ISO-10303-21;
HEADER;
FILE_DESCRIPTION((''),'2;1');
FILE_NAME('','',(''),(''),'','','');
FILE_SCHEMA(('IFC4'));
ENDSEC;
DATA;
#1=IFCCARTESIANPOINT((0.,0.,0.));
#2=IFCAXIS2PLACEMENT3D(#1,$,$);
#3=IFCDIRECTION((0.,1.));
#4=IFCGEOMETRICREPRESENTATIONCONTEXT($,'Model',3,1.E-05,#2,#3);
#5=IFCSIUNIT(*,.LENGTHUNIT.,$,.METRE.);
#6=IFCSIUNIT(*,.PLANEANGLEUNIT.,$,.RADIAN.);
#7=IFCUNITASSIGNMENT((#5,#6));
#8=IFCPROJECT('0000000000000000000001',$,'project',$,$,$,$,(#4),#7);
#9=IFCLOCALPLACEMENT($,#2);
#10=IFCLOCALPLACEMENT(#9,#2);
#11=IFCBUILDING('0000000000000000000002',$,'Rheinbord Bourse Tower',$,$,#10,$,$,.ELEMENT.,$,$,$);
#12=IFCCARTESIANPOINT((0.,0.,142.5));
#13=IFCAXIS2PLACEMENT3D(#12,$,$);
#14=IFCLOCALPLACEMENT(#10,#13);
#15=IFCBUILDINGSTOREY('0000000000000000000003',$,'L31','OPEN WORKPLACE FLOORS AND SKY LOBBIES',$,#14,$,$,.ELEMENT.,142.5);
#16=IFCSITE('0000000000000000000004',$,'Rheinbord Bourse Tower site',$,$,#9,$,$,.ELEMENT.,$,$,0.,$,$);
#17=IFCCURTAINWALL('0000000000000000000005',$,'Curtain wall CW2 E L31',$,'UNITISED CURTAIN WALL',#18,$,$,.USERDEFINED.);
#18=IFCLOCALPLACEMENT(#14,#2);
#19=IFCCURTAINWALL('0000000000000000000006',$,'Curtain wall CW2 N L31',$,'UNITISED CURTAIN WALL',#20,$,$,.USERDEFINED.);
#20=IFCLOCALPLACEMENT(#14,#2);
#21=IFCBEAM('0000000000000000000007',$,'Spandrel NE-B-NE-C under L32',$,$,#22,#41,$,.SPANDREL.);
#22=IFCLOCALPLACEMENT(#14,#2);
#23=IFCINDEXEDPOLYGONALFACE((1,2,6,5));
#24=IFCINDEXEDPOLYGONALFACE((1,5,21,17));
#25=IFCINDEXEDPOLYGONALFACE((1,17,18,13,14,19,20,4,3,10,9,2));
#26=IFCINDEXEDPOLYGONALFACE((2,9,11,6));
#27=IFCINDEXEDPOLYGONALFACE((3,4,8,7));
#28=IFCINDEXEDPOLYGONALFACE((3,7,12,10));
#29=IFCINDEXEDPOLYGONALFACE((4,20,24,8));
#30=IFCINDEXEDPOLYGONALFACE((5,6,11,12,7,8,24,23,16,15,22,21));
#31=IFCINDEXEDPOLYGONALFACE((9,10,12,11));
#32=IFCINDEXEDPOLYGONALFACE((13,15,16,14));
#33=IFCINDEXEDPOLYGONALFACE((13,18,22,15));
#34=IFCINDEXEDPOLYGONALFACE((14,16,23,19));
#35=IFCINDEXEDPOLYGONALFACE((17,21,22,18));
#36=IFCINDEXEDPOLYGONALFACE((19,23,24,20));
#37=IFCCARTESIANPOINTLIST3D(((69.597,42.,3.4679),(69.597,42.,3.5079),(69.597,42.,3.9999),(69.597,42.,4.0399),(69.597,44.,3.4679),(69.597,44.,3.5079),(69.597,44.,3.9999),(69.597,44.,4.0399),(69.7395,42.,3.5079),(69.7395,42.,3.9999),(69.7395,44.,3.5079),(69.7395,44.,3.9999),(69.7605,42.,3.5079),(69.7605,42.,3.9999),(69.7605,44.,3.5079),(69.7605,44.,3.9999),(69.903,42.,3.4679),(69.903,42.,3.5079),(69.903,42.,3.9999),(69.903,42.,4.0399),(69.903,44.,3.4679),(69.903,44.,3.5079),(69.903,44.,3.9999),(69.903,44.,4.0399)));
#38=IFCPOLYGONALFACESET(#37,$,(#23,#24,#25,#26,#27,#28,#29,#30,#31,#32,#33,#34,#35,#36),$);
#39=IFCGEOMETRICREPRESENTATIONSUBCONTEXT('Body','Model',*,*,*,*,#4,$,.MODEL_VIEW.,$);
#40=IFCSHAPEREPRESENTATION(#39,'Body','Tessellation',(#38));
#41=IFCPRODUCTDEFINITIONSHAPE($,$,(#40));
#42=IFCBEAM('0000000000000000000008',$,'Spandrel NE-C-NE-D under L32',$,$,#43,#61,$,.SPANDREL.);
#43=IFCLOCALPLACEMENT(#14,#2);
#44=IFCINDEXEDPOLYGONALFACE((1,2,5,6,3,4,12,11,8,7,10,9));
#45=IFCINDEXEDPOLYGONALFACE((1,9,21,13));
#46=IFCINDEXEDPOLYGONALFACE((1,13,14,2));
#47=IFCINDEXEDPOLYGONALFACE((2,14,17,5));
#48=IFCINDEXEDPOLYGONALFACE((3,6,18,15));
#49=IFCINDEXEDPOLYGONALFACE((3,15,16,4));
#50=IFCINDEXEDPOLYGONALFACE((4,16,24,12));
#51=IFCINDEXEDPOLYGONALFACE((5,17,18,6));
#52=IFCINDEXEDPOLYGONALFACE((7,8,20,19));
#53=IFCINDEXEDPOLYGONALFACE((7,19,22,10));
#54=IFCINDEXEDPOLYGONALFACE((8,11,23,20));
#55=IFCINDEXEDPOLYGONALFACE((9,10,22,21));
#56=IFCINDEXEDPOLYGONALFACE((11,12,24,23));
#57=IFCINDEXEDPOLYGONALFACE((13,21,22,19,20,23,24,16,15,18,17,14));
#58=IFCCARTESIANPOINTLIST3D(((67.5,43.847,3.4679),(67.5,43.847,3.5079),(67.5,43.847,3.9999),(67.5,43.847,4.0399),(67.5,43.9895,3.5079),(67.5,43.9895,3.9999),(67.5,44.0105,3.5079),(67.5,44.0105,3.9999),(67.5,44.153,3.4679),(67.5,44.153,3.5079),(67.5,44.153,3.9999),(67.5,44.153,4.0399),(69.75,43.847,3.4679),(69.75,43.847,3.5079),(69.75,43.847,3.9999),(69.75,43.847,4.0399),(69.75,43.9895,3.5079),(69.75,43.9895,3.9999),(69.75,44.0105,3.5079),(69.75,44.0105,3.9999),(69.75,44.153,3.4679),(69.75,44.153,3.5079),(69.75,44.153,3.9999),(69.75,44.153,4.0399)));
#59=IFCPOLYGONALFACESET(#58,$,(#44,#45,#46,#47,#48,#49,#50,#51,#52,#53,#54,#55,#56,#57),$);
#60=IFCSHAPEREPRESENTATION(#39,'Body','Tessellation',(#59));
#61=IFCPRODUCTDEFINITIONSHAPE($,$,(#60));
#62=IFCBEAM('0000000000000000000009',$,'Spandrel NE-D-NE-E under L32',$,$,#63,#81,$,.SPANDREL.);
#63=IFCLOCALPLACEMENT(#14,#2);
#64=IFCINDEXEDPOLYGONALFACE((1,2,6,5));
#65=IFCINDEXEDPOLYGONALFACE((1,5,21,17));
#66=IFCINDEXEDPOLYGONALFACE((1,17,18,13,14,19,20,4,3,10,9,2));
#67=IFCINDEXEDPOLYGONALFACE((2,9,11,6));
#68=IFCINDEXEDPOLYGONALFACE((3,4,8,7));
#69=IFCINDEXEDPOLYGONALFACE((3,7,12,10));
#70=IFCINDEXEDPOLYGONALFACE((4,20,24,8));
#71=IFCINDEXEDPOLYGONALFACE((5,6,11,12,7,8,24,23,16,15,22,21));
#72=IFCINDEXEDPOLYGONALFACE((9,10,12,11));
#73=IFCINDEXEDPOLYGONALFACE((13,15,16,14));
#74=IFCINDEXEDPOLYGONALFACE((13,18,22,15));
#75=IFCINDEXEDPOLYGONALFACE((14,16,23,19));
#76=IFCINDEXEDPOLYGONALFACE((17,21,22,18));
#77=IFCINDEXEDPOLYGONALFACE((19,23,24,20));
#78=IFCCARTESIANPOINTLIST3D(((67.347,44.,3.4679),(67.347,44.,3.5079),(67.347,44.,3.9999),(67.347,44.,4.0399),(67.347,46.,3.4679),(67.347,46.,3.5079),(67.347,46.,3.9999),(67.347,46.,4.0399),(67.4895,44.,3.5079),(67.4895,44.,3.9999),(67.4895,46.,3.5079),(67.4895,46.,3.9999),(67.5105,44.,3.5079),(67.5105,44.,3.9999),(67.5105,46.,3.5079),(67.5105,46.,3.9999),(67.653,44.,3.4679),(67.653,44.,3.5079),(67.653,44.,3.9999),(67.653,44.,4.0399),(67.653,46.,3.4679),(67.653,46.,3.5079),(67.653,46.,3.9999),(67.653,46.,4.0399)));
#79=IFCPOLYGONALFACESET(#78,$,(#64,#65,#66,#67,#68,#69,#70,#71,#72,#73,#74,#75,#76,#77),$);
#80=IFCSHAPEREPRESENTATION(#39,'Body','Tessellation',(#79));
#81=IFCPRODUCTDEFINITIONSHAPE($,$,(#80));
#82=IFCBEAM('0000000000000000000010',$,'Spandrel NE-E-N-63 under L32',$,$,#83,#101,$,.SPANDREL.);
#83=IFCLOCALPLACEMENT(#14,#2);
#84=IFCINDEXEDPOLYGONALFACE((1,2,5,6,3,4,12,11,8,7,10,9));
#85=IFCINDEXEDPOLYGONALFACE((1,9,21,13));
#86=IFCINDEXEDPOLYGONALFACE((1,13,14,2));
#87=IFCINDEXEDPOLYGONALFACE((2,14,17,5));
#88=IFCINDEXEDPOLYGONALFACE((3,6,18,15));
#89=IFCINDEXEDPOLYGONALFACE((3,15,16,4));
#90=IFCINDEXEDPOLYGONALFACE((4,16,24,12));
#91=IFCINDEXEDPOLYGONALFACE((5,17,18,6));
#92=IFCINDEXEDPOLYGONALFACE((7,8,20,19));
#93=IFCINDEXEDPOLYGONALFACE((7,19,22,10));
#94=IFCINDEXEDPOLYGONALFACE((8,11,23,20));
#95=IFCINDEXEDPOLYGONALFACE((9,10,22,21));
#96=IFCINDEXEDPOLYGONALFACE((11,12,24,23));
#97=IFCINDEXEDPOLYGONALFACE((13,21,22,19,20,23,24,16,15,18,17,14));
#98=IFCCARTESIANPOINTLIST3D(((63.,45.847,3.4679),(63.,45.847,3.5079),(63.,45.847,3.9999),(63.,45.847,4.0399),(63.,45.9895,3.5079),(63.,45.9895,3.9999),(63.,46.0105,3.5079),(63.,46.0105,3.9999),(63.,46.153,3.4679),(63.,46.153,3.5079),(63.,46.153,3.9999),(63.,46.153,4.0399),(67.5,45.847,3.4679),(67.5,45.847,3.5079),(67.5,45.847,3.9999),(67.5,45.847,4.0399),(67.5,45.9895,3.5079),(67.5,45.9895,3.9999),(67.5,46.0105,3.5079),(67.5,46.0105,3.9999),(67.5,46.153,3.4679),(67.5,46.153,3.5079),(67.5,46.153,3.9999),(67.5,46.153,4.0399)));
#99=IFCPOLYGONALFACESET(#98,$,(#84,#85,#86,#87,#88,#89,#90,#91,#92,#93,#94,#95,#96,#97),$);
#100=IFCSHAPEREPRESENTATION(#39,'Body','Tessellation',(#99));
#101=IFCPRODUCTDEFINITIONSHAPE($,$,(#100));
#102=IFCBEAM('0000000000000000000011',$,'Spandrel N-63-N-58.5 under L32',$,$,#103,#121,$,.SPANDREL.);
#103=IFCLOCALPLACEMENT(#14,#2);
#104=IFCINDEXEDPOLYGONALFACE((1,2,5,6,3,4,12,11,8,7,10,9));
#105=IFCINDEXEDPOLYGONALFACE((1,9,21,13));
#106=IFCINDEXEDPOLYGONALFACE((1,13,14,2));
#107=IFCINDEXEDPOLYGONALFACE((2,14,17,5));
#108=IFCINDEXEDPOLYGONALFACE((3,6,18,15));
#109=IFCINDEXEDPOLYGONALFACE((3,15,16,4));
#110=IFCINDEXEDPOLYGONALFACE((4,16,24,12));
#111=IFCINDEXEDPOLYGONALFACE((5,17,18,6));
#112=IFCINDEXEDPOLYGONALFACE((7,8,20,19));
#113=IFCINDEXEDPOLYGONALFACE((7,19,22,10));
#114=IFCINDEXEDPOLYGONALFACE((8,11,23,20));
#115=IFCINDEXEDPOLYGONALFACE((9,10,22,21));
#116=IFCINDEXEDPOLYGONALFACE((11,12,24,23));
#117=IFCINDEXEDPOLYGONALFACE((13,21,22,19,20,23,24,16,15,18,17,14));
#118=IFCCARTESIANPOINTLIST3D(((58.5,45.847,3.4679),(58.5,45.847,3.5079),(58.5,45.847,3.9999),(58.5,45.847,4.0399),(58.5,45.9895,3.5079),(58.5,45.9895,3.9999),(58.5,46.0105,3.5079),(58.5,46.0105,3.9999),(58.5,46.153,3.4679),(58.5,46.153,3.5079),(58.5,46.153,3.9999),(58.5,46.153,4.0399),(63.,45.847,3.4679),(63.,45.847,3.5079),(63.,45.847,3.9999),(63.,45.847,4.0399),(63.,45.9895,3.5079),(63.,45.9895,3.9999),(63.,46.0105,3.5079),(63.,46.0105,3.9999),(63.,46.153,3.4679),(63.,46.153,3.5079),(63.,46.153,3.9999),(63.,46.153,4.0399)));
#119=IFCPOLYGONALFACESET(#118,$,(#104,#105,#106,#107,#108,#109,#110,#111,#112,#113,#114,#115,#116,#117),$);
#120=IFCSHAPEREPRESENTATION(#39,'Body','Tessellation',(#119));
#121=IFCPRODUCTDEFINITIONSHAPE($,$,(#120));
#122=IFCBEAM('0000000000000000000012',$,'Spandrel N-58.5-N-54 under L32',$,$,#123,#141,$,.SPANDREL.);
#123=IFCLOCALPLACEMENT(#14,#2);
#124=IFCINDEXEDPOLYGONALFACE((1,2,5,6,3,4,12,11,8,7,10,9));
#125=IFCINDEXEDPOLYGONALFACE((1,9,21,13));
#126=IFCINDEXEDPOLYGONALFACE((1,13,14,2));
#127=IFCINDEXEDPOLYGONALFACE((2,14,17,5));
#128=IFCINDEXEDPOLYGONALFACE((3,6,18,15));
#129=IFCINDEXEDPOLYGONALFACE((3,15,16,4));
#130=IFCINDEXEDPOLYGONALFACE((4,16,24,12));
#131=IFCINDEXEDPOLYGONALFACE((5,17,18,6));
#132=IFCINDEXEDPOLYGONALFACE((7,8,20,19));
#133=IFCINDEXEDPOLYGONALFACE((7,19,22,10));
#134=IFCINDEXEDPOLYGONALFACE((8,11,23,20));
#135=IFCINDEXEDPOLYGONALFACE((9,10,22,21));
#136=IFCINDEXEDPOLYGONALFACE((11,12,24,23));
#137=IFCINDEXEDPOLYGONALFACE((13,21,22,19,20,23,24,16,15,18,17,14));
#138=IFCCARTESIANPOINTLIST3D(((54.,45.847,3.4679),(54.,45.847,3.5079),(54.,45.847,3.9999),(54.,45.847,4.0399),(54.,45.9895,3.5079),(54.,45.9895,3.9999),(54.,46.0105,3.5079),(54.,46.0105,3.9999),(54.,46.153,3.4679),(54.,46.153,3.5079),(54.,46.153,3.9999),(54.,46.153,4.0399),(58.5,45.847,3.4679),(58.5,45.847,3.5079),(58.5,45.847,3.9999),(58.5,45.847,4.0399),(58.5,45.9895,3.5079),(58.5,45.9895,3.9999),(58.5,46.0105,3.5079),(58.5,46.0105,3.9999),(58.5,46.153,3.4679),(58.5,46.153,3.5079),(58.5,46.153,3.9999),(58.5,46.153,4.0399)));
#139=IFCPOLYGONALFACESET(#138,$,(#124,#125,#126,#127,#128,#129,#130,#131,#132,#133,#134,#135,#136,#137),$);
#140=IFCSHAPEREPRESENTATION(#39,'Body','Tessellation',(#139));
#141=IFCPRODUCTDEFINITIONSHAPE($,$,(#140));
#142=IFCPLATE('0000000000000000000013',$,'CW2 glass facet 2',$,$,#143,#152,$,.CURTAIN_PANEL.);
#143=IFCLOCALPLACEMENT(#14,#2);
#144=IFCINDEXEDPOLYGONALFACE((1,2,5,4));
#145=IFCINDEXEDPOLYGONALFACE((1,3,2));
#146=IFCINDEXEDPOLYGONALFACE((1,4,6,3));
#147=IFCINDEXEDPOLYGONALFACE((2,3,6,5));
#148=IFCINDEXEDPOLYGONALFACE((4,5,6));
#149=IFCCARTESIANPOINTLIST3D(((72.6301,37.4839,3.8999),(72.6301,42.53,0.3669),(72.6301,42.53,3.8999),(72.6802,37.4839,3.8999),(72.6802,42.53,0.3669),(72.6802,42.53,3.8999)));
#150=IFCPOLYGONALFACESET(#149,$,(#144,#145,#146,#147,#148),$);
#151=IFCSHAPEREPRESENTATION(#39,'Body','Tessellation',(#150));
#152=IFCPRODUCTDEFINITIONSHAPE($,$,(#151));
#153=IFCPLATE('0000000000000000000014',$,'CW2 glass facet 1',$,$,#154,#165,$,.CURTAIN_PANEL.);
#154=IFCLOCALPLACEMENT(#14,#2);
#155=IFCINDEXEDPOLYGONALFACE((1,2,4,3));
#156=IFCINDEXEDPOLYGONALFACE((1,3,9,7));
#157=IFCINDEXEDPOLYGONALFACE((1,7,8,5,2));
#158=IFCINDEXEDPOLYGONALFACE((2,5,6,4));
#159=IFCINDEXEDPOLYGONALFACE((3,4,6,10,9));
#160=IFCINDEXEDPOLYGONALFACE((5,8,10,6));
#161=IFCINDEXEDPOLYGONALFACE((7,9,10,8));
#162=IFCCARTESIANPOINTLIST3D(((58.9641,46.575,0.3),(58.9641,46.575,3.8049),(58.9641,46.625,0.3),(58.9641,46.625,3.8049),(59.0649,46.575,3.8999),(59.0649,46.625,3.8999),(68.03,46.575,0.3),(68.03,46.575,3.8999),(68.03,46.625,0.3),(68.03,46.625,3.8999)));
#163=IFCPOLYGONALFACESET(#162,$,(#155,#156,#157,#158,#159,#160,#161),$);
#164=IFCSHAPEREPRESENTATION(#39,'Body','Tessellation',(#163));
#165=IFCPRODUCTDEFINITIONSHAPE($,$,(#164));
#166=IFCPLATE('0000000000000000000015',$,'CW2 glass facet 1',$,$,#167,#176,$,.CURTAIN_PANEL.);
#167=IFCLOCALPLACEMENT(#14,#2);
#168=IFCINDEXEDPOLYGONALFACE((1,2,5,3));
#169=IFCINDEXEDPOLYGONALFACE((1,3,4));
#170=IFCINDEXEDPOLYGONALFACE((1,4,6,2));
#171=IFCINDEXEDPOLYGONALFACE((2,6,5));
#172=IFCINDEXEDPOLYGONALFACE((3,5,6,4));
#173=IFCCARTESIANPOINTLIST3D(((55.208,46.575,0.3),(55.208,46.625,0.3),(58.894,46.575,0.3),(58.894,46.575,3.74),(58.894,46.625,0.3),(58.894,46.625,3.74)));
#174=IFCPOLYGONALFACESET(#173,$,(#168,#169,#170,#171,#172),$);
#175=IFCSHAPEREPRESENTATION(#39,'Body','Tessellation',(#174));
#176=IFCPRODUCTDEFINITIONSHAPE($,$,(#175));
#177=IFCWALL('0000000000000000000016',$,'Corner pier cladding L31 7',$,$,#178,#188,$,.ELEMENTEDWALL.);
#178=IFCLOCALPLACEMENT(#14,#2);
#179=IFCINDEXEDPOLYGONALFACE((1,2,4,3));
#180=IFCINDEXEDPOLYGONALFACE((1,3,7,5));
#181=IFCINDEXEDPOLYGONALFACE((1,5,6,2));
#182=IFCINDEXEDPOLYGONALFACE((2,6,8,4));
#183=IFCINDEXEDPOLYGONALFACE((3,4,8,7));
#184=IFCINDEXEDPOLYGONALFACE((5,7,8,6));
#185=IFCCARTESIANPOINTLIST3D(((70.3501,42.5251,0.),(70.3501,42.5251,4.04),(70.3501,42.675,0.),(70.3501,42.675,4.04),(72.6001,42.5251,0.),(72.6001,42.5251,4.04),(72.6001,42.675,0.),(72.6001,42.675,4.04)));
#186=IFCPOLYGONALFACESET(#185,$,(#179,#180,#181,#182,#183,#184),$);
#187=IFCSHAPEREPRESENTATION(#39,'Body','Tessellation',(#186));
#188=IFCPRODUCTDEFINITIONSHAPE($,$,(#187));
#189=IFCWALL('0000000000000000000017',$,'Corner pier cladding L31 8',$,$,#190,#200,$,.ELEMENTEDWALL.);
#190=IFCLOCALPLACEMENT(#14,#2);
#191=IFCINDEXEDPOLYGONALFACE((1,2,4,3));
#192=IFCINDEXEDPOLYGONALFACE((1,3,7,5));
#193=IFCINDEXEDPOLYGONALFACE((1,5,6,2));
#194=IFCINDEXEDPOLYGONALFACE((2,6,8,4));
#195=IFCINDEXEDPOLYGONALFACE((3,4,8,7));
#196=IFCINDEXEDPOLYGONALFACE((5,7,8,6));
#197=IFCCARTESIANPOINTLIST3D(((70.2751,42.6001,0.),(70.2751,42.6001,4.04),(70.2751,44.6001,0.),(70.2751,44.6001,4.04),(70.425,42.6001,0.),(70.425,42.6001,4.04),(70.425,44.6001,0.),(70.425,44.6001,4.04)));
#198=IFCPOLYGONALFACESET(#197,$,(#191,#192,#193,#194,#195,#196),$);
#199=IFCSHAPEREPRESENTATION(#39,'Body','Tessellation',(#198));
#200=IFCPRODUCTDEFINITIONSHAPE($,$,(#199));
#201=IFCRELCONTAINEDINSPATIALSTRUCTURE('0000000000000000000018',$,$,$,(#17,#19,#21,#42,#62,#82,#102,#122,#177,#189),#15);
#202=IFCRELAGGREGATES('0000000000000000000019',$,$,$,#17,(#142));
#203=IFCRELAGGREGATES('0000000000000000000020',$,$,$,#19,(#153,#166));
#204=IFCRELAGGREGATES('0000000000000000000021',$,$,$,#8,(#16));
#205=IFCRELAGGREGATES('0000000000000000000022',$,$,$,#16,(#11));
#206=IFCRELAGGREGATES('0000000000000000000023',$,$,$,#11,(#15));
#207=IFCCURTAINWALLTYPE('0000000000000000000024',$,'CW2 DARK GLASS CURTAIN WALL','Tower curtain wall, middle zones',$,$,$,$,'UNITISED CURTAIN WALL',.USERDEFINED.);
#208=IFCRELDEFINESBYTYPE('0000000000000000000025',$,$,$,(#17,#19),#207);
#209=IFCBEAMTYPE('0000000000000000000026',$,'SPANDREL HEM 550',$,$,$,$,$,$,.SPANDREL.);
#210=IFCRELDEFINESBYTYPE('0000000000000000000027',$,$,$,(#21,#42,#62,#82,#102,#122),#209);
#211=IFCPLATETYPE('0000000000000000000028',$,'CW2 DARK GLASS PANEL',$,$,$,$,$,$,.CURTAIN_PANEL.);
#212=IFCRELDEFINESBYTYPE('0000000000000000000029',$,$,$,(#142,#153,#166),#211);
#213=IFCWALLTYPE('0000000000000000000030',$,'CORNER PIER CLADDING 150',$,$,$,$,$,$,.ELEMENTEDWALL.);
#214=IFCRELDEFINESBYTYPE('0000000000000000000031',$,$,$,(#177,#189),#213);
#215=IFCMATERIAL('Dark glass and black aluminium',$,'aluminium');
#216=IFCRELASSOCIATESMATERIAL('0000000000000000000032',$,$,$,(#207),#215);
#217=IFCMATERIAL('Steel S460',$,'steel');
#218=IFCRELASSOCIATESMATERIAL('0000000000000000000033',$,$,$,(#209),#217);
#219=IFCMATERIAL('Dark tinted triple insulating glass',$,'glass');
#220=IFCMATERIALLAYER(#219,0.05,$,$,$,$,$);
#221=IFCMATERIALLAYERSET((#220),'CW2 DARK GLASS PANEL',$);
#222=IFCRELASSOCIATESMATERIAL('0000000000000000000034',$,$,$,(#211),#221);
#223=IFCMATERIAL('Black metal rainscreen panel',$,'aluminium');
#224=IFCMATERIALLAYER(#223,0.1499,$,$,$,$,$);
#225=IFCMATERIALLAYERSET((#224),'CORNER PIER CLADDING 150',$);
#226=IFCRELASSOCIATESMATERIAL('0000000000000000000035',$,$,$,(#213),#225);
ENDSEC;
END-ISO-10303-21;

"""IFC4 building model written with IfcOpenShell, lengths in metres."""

from ifc_helpers import new_model, si_unit, direction, frame, frame_2d, origin, origin_2d, place, context, subcontext, project, spatial, polyline, rectangle, i_section, outline, extrude, material, layer, layer_set, material_profile, profile_set, type_object, element, aggregate, save


model = new_model("IFC4")

# Units and contexts
model_context = context("Model", 3, precision=1e-05, world=origin(), true_north=direction((0.0, 1.0)))
body_context = subcontext(model_context, "Body", "Model", "MODEL_VIEW")
ifc_project = project(units=[si_unit("LENGTHUNIT", "METRE"), si_unit("PLANEANGLEUNIT", "RADIAN")], contexts=[model_context])

# Site, building, storey
site_placement = place(None, origin())
site = spatial("IfcSite", under=ifc_project, at=site_placement, Name="Rheinbord Bourse Tower site", CompositionType="ELEMENT", RefElevation=0.0)
building_placement = place(site_placement, origin())
building = spatial("IfcBuilding", under=site, at=building_placement, Name="Rheinbord Bourse Tower", CompositionType="ELEMENT")
storey_placement = place(building_placement, frame((0.0, 0.0, 142.5)))
storey = spatial("IfcBuildingStorey", under=building, at=storey_placement, Name="L31", Description="OPEN WORKPLACE FLOORS AND SKY LOBBIES", CompositionType="ELEMENT", Elevation=142.5)

# Curtain walls
ifc_material_1 = material(Name="Dark glass and black aluminium", Category="aluminium")
curtain_wall_type = type_object("IfcCurtainWallType", Name="CW2 DARK GLASS CURTAIN WALL", Description="Tower curtain wall, middle zones", ElementType="UNITISED CURTAIN WALL", PredefinedType="USERDEFINED", material=ifc_material_1)
curtain_wall_1_placement = place(storey_placement, origin())
curtain_wall_1 = element("IfcCurtainWall", 1, at=curtain_wall_1_placement, inside=storey, type_object=curtain_wall_type, Name="Curtain wall CW2 E L31", ObjectType="UNITISED CURTAIN WALL", PredefinedType="USERDEFINED")
curtain_wall_2_placement = place(storey_placement, origin())
curtain_wall_2 = element("IfcCurtainWall", 2, at=curtain_wall_2_placement, inside=storey, type_object=curtain_wall_type, Name="Curtain wall CW2 N L31", ObjectType="UNITISED CURTAIN WALL", PredefinedType="USERDEFINED")

# Beams
ifc_material_2 = material(Name="Steel S460", Category="steel")
ifc_material_profile_1 = material_profile(ifc_material_2, i_section(OverallWidth=0.3059, OverallDepth=0.572, WebThickness=0.021, FlangeThickness=0.04, at=origin_2d()), Name="HEM 550")
ifc_profile_set_1 = profile_set([ifc_material_profile_1], Name="Steel S460")
beam_type_1 = type_object("IfcBeamType", Name="SPANDREL HEM 550", PredefinedType="SPANDREL", material=ifc_profile_set_1)
beam_1_placement = place(storey_placement, frame((69.75, 42.0, 3.7539), z_axis=(0.0, 1.0, 0.0), x_axis=(-1.0, 0.0, 0.0)))
element("IfcBeam", 3, at=beam_1_placement, inside=storey, type_object=beam_type_1, Name="Spandrel NE-B-NE-C under L32", PredefinedType="SPANDREL", context=body_context, shape_type="SweptSolid", body=[
    extrude(i_section(OverallWidth=0.3059, OverallDepth=0.572, WebThickness=0.021, FlangeThickness=0.04, at=origin_2d()), origin(), (0.0, 0.0, 1.0), 2.0),
])
beam_2_placement = place(storey_placement, frame((69.75, 44.0, 3.7539), z_axis=(-1.0, 0.0, 0.0), x_axis=(0.0, -1.0, 0.0)))
element("IfcBeam", 4, at=beam_2_placement, inside=storey, type_object=beam_type_1, Name="Spandrel NE-C-NE-D under L32", PredefinedType="SPANDREL", context=body_context, shape_type="SweptSolid", body=[
    extrude(i_section(OverallWidth=0.3059, OverallDepth=0.572, WebThickness=0.021, FlangeThickness=0.04, at=origin_2d()), origin(), (0.0, 0.0, 1.0), 2.25),
])
beam_3_placement = place(storey_placement, frame((67.5, 44.0, 3.7539), z_axis=(0.0, 1.0, 0.0), x_axis=(-1.0, 0.0, 0.0)))
element("IfcBeam", 5, at=beam_3_placement, inside=storey, type_object=beam_type_1, Name="Spandrel NE-D-NE-E under L32", PredefinedType="SPANDREL", context=body_context, shape_type="SweptSolid", body=[
    extrude(i_section(OverallWidth=0.3059, OverallDepth=0.572, WebThickness=0.021, FlangeThickness=0.04, at=origin_2d()), origin(), (0.0, 0.0, 1.0), 2.0),
])
for number, where, z_axis, x_axis, name in (
    (6, (67.5, 46.0, 3.7539), (-1.0, 0.0, 0.0), (0.0, -1.0, 0.0), "Spandrel NE-E-N-63 under L32"),
    (7, (63.0, 46.0, 3.7539), (-1.0, 0.0, 0.0), (0.0, -1.0, 0.0), "Spandrel N-63-N-58.5 under L32"),
    (8, (58.5, 46.0, 3.7539), (-1.0, 0.0, 0.0), (0.0, -1.0, 0.0), "Spandrel N-58.5-N-54 under L32"),
):
    element("IfcBeam", number, at=place(storey_placement, frame(where, z_axis=z_axis, x_axis=x_axis)), inside=storey, type_object=beam_type_1, Name=name, PredefinedType="SPANDREL", context=body_context, shape_type="SweptSolid", body=[
        extrude(i_section(OverallWidth=0.3059, OverallDepth=0.572, WebThickness=0.021, FlangeThickness=0.04, at=origin_2d()), origin(), (0.0, 0.0, 1.0), 4.5),
    ])

# Plates
ifc_material_3 = material(Name="Dark tinted triple insulating glass", Category="glass")
ifc_layer_1 = layer(ifc_material_3, 0.05)
ifc_layer_set_1 = layer_set([ifc_layer_1], Name="CW2 DARK GLASS PANEL")
plate_type = type_object("IfcPlateType", Name="CW2 DARK GLASS PANEL", PredefinedType="CURTAIN_PANEL", material=ifc_layer_set_1)
plate_1_placement = place(storey_placement, frame((72.6802, 42.53, 3.8999), z_axis=(-1.0, 0.0, 0.0), x_axis=(0.0, 0.0, -1.0)))
plate_1 = element("IfcPlate", 9, at=plate_1_placement, type_object=plate_type, Name="CW2 glass facet 2", PredefinedType="CURTAIN_PANEL", context=body_context, shape_type="SweptSolid", body=[
    extrude(outline(polyline([(0.0, 0.0), (3.533, 0.0), (0.0, 5.0461), (0.0, 0.0)])), origin(), (0.0, 0.0, 1.0), 0.05),
])
aggregate(curtain_wall_1, [plate_1])
plate_2_placement = place(storey_placement, frame((58.9641, 46.625, 0.3), z_axis=(0.0, -1.0, 0.0), x_axis=(1.0, 0.0, 0.0)))
plate_2 = element("IfcPlate", 10, at=plate_2_placement, type_object=plate_type, Name="CW2 glass facet 1", PredefinedType="CURTAIN_PANEL", context=body_context, shape_type="SweptSolid", body=[
    extrude(outline(polyline([(0.0, 0.0), (9.0659, 0.0), (9.0659, 3.5999), (0.1008, 3.5999), (0.0, 3.5049), (0.0, 0.0)])), origin(), (0.0, 0.0, 1.0), 0.05),
])
plate_3_placement = place(storey_placement, frame((58.894, 46.625, 0.3), z_axis=(0.0, -1.0, 0.0), x_axis=(0.0, 0.0, 1.0)))
plate_3 = element("IfcPlate", 11, at=plate_3_placement, type_object=plate_type, Name="CW2 glass facet 1", PredefinedType="CURTAIN_PANEL", context=body_context, shape_type="SweptSolid", body=[
    extrude(outline(polyline([(0.0, 0.0), (3.4399, 0.0), (0.0, 3.686), (0.0, 0.0)])), origin(), (0.0, 0.0, 1.0), 0.05),
])
aggregate(curtain_wall_2, [plate_2, plate_3])

# Walls
ifc_material_4 = material(Name="Black metal rainscreen panel", Category="aluminium")
ifc_layer_2 = layer(ifc_material_4, 0.1499)
ifc_layer_set_2 = layer_set([ifc_layer_2], Name="CORNER PIER CLADDING 150")
wall_type = type_object("IfcWallType", Name="CORNER PIER CLADDING 150", PredefinedType="ELEMENTEDWALL", material=ifc_layer_set_2)
wall_1_placement = place(storey_placement, frame((72.6001, 42.6001, 0.0), z_axis=(0.0, 0.0, 1.0), x_axis=(-1.0, 0.0, 0.0)))
element("IfcWall", 12, at=wall_1_placement, inside=storey, type_object=wall_type, Name="Corner pier cladding L31 7", PredefinedType="ELEMENTEDWALL", context=body_context, shape_type="SweptSolid", body=[
    extrude(rectangle(XDim=2.25, YDim=0.1499, at=frame_2d((1.125, 0.0))), origin(), (0.0, 0.0, 1.0), 4.04),
])
wall_2_placement = place(storey_placement, frame((70.3501, 42.6001, 0.0), z_axis=(0.0, 0.0, 1.0), x_axis=(0.0, 1.0, 0.0)))
element("IfcWall", 13, at=wall_2_placement, inside=storey, type_object=wall_type, Name="Corner pier cladding L31 8", PredefinedType="ELEMENTEDWALL", context=body_context, shape_type="SweptSolid", body=[
    extrude(rectangle(XDim=2.0, YDim=0.1499, at=frame_2d((1.0, 0.0))), origin(), (0.0, 0.0, 1.0), 4.04),
])

save(model, "model.ifc")
